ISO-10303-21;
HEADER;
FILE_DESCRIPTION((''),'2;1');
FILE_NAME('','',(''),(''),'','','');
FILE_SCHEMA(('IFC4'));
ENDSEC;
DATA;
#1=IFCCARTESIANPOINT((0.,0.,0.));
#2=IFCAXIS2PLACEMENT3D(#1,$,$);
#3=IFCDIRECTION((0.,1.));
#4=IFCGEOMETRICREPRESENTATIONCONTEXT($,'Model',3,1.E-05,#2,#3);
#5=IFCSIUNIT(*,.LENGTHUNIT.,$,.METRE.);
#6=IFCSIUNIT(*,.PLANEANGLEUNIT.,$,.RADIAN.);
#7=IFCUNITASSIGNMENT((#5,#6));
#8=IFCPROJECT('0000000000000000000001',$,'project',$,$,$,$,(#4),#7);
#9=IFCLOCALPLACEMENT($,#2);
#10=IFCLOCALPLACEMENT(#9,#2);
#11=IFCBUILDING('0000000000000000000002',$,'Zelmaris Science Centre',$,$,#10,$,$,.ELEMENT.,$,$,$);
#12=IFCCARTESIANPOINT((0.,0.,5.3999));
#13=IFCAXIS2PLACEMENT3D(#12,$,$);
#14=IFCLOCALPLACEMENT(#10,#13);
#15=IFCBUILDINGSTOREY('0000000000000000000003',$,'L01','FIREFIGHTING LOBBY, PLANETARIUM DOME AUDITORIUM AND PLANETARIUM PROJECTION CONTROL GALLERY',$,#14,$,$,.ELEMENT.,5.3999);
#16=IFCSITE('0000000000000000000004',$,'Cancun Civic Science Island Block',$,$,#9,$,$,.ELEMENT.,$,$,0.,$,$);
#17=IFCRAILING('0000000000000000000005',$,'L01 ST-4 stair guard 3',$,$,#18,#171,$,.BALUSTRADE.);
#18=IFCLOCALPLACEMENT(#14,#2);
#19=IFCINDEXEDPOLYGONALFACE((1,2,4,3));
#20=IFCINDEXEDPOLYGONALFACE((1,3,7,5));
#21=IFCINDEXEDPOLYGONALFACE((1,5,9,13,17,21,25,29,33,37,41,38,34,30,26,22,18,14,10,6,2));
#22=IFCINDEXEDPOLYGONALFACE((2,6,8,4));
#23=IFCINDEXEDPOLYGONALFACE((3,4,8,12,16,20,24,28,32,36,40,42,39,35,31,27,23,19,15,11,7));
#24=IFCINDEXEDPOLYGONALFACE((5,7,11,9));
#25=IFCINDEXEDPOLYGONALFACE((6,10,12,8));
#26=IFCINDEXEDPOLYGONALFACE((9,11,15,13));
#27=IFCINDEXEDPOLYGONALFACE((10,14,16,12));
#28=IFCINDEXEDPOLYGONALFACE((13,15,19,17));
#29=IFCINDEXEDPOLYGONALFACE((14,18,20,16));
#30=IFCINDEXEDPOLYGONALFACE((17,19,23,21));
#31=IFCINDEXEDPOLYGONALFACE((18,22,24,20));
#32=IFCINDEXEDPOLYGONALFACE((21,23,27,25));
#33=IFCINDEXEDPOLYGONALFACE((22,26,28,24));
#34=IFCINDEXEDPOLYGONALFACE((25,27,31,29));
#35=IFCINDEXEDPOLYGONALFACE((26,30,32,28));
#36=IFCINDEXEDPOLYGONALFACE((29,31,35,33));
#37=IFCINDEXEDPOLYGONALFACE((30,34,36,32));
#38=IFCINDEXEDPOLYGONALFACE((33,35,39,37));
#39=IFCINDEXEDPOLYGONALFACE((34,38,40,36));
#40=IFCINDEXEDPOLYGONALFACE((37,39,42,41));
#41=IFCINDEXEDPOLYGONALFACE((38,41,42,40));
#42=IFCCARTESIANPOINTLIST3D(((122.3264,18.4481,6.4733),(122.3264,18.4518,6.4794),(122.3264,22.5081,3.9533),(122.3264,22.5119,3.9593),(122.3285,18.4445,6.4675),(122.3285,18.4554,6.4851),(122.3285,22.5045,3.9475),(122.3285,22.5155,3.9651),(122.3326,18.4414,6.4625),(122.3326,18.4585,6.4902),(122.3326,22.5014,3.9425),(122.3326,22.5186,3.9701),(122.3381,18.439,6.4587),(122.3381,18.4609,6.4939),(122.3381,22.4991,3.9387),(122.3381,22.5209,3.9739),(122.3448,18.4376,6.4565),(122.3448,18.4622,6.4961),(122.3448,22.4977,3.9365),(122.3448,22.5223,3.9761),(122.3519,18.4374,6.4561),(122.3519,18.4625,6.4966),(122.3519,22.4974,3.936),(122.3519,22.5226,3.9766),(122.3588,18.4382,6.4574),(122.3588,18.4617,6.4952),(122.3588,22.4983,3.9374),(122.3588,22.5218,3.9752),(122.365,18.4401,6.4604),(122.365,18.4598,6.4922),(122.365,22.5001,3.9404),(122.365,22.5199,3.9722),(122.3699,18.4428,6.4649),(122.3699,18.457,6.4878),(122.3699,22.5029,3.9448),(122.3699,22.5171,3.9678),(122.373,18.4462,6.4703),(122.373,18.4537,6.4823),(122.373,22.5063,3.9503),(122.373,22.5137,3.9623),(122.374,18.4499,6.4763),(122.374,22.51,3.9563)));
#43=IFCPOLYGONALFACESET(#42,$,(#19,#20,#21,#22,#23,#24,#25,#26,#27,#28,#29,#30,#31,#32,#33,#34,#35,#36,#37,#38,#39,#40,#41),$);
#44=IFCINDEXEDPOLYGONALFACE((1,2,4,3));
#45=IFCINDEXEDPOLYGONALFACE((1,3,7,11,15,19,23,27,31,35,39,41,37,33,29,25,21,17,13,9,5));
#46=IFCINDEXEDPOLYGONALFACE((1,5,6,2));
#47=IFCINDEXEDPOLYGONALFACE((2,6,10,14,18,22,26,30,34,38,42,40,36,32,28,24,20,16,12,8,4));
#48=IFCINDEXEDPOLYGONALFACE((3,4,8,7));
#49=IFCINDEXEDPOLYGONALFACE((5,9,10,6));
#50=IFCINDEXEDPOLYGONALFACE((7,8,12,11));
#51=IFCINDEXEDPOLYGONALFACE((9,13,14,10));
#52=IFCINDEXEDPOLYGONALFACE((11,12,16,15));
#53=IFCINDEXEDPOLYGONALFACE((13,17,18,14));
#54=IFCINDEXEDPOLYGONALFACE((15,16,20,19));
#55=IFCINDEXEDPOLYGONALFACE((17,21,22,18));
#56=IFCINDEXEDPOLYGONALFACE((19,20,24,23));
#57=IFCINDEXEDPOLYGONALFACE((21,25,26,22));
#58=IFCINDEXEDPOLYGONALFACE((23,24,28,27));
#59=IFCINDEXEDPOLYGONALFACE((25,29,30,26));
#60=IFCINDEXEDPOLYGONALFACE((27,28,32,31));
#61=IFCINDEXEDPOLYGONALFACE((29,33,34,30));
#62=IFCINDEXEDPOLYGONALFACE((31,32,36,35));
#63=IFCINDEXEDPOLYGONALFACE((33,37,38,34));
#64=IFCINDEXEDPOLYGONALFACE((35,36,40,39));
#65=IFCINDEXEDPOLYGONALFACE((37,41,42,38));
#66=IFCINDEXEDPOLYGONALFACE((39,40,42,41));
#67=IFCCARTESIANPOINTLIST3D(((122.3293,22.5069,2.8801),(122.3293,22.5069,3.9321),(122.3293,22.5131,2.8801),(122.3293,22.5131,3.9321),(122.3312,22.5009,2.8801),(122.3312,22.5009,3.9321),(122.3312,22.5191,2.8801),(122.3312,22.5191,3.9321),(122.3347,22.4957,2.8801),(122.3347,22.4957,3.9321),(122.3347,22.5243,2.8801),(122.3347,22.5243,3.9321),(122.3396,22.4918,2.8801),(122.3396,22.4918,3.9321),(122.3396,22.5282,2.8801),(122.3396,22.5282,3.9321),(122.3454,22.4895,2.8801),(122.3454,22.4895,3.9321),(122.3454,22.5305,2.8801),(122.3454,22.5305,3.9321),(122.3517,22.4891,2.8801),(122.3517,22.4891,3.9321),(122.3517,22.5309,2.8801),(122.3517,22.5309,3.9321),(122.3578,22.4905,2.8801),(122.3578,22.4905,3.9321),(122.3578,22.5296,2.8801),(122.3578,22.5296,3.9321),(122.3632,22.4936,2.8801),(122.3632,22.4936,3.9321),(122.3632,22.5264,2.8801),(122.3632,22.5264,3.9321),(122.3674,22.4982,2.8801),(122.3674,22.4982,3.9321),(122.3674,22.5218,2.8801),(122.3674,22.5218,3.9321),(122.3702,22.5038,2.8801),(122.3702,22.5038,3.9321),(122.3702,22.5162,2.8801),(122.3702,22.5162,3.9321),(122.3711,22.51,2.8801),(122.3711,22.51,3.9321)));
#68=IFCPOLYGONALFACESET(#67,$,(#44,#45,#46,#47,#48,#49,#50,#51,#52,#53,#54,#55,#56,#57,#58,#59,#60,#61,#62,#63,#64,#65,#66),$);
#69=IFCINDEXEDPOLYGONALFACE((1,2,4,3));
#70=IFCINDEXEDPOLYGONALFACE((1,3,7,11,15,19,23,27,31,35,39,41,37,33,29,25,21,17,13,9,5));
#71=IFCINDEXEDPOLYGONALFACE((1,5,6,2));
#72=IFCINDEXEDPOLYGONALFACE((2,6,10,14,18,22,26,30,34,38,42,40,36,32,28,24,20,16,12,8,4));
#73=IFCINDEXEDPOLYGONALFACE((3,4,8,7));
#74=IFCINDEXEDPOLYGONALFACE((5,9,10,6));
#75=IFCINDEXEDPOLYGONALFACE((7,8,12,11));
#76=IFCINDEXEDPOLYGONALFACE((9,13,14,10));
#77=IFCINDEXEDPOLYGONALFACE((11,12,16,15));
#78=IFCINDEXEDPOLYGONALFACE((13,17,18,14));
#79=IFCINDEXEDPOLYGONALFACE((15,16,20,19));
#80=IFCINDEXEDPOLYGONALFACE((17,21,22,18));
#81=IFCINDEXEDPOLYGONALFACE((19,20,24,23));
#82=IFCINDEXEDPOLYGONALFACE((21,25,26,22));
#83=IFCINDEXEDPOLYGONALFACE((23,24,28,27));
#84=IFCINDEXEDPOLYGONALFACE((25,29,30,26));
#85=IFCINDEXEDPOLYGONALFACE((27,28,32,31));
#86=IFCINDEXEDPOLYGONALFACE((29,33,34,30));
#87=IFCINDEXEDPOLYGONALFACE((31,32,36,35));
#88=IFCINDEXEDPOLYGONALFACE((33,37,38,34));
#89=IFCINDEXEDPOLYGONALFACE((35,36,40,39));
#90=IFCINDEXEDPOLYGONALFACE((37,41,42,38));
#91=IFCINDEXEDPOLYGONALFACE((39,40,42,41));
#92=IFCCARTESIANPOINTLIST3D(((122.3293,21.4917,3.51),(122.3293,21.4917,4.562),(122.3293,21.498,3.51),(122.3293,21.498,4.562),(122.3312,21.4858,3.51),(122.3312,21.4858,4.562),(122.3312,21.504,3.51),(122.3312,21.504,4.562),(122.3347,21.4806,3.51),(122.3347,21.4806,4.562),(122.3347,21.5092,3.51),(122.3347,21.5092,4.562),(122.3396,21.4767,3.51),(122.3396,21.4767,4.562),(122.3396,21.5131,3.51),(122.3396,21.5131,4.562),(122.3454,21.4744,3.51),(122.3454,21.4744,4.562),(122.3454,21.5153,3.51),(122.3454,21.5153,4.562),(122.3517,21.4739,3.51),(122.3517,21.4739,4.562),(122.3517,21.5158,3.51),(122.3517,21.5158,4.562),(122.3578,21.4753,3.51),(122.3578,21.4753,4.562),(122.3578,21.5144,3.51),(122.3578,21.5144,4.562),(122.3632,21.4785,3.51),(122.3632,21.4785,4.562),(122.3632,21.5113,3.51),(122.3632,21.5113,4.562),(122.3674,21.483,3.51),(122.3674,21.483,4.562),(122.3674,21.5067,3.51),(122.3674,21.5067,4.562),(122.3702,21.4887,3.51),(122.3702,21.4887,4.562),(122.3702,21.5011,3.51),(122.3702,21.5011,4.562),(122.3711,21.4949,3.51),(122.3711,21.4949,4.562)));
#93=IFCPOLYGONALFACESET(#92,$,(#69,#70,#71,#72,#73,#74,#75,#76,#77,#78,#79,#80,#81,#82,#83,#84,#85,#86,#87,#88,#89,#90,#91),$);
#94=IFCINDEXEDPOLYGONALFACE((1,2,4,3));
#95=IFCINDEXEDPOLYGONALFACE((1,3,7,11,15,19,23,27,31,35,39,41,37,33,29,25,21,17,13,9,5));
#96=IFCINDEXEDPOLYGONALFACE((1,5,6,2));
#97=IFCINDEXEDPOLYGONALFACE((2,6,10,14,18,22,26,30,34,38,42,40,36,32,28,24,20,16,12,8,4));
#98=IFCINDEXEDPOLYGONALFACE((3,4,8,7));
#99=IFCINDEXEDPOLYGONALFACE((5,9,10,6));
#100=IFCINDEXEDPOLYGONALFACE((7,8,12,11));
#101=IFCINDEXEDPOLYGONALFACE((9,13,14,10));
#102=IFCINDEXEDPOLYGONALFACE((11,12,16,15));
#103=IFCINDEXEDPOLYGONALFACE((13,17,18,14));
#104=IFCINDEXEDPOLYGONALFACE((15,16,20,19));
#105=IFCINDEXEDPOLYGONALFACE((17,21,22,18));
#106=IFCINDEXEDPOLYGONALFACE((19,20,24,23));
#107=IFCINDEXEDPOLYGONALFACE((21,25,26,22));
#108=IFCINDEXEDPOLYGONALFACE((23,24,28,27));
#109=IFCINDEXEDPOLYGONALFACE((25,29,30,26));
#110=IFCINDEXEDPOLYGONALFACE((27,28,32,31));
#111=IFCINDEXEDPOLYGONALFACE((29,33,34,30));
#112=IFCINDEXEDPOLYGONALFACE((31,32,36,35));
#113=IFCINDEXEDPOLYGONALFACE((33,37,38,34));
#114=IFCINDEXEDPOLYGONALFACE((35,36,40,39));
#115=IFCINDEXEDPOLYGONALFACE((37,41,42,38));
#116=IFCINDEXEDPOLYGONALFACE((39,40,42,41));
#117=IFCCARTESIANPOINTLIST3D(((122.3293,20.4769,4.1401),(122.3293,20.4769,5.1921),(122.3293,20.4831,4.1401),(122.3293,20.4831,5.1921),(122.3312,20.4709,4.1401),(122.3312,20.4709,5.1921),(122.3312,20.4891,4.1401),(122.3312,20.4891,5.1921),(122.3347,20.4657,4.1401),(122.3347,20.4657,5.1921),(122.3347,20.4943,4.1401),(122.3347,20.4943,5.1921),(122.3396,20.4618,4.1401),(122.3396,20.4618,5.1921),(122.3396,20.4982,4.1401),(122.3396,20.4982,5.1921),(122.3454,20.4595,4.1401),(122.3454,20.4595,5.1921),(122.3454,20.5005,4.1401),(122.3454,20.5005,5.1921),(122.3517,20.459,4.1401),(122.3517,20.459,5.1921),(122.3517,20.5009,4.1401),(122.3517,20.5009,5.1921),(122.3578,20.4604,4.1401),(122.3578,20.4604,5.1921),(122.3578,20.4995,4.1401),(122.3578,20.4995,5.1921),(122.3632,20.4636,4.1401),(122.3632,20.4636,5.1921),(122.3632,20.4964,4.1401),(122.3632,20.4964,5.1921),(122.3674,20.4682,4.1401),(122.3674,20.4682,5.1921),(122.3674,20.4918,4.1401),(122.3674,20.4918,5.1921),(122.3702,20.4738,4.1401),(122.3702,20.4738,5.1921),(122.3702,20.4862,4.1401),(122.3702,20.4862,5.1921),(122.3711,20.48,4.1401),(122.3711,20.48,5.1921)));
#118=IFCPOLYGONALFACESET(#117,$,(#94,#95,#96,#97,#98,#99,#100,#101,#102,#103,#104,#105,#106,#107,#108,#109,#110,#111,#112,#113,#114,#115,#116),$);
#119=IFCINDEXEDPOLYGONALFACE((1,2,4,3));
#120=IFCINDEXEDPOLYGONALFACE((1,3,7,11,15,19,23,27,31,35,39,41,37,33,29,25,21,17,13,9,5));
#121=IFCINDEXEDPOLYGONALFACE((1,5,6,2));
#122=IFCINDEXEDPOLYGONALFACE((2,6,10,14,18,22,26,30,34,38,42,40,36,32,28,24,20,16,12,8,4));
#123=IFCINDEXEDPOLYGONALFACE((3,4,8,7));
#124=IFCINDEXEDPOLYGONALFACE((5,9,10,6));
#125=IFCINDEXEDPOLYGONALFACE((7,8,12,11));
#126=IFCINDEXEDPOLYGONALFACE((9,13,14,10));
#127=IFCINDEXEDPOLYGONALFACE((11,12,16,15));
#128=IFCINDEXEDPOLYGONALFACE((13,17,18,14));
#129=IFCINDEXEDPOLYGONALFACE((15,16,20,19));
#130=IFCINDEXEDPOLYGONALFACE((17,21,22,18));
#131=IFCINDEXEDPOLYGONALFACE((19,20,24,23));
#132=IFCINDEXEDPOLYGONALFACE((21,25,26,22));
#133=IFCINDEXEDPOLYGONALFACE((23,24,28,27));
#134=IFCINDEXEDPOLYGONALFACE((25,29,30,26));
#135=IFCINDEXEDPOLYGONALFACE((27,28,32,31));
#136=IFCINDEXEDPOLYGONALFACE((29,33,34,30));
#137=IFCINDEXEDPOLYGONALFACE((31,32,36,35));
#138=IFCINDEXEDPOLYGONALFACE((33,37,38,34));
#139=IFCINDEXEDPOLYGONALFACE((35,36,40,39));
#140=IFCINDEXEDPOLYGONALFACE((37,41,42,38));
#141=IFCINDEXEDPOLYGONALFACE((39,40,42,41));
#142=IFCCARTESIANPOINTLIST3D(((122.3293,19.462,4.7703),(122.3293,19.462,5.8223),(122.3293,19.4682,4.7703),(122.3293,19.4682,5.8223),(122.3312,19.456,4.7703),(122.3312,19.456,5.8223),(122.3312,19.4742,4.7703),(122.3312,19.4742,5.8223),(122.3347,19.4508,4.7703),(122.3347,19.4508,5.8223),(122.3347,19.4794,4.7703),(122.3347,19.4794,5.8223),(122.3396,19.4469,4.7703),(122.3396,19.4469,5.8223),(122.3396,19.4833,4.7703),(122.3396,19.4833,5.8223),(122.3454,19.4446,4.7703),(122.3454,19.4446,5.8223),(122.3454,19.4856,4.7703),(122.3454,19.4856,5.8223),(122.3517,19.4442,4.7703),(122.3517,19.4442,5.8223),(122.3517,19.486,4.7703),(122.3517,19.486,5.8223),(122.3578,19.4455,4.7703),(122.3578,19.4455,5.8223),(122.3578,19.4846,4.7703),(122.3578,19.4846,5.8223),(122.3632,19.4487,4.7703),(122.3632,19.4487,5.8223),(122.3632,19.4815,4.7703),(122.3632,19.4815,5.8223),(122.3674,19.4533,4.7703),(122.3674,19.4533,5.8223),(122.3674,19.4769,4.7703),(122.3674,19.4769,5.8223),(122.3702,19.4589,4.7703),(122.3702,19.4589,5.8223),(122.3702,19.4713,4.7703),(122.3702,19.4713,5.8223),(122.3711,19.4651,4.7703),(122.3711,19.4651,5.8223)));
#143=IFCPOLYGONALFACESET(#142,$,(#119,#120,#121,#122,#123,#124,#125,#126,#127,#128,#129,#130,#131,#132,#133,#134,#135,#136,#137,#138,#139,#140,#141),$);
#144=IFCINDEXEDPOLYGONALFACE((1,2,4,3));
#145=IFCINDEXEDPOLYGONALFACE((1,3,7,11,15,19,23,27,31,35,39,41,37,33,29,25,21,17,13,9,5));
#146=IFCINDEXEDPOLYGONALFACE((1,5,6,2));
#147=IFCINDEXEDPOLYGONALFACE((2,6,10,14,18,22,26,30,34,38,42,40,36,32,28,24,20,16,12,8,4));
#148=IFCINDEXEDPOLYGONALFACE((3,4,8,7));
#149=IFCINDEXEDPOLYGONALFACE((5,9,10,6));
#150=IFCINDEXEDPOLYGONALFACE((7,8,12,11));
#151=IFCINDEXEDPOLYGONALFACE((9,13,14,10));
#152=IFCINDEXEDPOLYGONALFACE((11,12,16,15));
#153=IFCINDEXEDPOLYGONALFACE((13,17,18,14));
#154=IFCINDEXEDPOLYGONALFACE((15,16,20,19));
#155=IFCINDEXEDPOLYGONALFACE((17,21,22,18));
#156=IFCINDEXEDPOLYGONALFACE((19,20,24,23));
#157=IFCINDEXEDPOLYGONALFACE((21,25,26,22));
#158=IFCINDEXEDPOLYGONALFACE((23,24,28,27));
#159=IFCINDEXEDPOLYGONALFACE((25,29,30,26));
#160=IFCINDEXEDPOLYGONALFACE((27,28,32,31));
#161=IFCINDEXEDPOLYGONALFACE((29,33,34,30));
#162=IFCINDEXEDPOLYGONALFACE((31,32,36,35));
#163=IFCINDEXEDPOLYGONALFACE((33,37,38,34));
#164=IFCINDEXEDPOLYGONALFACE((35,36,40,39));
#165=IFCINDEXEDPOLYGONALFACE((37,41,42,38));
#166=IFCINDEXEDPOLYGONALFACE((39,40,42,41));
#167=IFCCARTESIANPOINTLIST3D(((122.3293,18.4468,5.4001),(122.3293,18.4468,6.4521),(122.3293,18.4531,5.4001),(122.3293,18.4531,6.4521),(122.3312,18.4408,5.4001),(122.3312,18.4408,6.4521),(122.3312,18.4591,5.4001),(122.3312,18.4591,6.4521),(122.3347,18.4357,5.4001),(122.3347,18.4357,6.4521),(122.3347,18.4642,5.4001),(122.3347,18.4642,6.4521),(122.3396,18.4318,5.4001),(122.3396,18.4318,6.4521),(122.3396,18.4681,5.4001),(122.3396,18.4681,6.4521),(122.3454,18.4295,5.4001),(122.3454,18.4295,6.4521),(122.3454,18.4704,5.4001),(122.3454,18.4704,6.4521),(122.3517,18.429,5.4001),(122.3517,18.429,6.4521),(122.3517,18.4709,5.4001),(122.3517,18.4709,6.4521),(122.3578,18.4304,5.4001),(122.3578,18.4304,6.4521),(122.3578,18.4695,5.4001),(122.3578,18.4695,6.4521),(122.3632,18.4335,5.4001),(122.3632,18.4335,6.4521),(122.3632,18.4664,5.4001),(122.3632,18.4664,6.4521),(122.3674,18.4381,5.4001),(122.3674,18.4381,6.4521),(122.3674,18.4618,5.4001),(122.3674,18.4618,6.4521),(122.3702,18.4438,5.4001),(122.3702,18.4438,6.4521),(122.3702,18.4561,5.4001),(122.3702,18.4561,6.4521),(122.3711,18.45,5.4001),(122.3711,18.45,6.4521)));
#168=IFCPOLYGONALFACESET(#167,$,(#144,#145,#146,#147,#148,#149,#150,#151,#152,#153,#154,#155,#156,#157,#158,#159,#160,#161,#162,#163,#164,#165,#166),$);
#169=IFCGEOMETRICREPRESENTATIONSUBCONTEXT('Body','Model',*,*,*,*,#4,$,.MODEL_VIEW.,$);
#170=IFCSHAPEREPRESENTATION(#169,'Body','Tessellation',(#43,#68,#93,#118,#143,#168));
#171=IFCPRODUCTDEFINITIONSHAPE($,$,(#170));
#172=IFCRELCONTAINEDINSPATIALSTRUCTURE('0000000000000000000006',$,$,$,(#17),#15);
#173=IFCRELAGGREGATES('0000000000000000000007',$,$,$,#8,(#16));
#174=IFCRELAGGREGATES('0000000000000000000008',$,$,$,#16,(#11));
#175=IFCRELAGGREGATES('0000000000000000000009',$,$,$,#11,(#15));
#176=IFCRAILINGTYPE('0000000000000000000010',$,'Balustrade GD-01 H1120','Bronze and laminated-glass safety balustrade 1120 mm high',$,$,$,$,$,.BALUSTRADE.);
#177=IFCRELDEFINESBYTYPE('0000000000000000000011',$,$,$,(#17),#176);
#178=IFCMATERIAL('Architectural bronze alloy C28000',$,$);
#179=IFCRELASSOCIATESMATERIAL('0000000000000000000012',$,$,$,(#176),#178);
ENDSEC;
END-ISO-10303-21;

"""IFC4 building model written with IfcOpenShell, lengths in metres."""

from ifc_helpers import new_model, si_unit, direction, frame, origin, origin_2d, place, context, subcontext, project, spatial, circle, extrude, material, type_object, element, save


model = new_model("IFC4")

# Units and contexts
model_context = context("Model", 3, precision=1e-05, world=origin(), true_north=direction((0.0, 1.0)))
body_context = subcontext(model_context, "Body", "Model", "MODEL_VIEW")
ifc_project = project(units=[si_unit("LENGTHUNIT", "METRE"), si_unit("PLANEANGLEUNIT", "RADIAN")], contexts=[model_context])

# Site, building, storey
site_placement = place(None, origin())
site = spatial("IfcSite", under=ifc_project, at=site_placement, Name="Cancun Civic Science Island Block", CompositionType="ELEMENT", RefElevation=0.0)
building_placement = place(site_placement, origin())
building = spatial("IfcBuilding", under=site, at=building_placement, Name="Zelmaris Science Centre", CompositionType="ELEMENT")
storey_placement = place(building_placement, frame((0.0, 0.0, 5.3999)))
storey = spatial("IfcBuildingStorey", under=building, at=storey_placement, Name="L01", Description="FIREFIGHTING LOBBY, PLANETARIUM DOME AUDITORIUM AND PLANETARIUM PROJECTION CONTROL GALLERY", CompositionType="ELEMENT", Elevation=5.3999)

# Railing
ifc_material_1 = material(Name="Architectural bronze alloy C28000")
railing_type = type_object("IfcRailingType", Name="Balustrade GD-01 H1120", Description="Bronze and laminated-glass safety balustrade 1120 mm high", PredefinedType="BALUSTRADE", material=ifc_material_1)
railing_1_placement = place(storey_placement, frame((122.3501, 22.51, 2.8801)))
element("IfcRailing", 1, at=railing_1_placement, inside=storey, type_object=railing_type, Name="L01 ST-4 stair guard 3", PredefinedType="BALUSTRADE", context=body_context, shape_type="SweptSolid", body=[
    extrude(circle(Radius=0.0239, at=origin_2d()), frame((0.0, 0.0, 1.0762), z_axis=(0.0, -0.849642, 0.52736), x_axis=(1.0, 0.0, 0.0)), (0.0, 0.0, 1.0), 4.7786),
    extrude(circle(Radius=0.021, at=origin_2d()), origin(), (0.0, 0.0, 1.0), 1.052),
    extrude(circle(Radius=0.021, at=origin_2d()), frame((0.0, -1.0151, 0.6299)), (0.0, 0.0, 1.0), 1.052),
    extrude(circle(Radius=0.021, at=origin_2d()), frame((0.0, -2.03, 1.26)), (0.0, 0.0, 1.0), 1.052),
    extrude(circle(Radius=0.021, at=origin_2d()), frame((0.0, -3.0449, 1.8901)), (0.0, 0.0, 1.0), 1.052),
    extrude(circle(Radius=0.021, at=origin_2d()), frame((0.0, -4.0601, 2.52)), (0.0, 0.0, 1.0), 1.052),
])

save(model, "model.ifc")
